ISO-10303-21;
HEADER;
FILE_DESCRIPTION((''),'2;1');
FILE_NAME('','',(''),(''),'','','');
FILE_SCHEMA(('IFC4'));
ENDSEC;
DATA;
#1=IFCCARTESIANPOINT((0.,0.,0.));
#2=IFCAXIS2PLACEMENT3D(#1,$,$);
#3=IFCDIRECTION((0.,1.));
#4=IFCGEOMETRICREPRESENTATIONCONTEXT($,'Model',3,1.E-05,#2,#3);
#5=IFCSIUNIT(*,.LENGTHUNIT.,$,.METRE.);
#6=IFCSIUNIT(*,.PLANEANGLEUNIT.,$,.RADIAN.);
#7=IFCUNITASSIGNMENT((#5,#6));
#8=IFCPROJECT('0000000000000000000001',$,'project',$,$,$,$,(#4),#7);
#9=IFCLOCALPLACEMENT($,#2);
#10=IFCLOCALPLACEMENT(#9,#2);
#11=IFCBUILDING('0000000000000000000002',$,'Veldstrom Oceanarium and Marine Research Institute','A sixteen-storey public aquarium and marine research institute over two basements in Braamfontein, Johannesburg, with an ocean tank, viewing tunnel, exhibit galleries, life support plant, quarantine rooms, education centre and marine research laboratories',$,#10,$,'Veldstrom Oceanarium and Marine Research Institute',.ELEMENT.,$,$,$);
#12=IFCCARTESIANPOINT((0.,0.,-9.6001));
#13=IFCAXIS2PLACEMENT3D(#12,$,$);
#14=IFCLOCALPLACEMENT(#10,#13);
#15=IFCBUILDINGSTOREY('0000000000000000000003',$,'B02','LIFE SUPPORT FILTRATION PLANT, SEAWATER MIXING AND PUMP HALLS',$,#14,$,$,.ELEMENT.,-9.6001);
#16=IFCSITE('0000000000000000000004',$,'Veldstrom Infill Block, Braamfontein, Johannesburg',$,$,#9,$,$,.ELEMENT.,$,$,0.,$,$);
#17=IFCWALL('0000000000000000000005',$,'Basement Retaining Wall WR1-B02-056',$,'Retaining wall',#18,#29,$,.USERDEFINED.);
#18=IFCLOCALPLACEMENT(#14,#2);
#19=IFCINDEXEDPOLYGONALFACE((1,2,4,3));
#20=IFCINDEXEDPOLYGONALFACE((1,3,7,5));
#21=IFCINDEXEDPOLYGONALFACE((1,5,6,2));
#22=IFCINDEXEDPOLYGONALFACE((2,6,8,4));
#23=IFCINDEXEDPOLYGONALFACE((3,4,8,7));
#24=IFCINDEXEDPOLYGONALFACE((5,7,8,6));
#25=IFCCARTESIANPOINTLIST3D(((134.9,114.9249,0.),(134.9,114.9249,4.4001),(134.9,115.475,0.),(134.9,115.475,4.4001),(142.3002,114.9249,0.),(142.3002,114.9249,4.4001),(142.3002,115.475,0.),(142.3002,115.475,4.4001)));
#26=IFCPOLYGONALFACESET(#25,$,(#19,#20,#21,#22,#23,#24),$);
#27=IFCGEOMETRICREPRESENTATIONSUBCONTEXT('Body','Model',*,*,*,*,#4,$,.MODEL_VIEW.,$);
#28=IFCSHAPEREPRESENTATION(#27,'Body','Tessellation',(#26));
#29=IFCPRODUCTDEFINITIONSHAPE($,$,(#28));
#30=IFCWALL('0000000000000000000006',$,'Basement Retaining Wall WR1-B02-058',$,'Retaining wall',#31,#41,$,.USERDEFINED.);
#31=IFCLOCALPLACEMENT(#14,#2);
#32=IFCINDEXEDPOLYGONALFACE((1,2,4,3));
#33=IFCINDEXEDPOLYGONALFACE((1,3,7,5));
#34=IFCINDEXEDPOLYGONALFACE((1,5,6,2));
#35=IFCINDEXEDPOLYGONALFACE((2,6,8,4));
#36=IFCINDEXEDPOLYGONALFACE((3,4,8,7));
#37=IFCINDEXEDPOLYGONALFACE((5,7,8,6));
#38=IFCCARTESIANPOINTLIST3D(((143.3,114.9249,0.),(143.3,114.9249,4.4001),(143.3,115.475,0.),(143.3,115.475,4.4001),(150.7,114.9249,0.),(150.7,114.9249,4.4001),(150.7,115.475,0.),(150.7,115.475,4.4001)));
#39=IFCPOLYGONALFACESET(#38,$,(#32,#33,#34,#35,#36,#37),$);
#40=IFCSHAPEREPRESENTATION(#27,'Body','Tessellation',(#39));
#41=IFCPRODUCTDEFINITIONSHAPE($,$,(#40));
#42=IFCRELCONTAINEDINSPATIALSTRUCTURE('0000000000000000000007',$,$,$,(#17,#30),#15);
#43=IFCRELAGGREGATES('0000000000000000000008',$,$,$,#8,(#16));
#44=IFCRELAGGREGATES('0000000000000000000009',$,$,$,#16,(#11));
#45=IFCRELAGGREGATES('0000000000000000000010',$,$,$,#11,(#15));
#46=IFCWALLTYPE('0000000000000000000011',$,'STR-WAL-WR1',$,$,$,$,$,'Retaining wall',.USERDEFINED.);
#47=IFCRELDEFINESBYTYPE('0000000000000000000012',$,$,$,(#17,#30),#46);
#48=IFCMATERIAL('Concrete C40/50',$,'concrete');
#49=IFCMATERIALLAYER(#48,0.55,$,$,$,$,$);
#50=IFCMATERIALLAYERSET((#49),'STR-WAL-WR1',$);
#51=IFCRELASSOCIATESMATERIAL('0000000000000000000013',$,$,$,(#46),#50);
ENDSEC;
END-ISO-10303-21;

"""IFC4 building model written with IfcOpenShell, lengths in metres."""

from ifc_helpers import new_model, si_unit, direction, frame, frame_2d, origin, place, context, subcontext, project, spatial, rectangle, extrude, material, layer, layer_set, type_object, element, save


model = new_model("IFC4")

# Units and contexts
model_context = context("Model", 3, precision=1e-05, world=origin(), true_north=direction((0.0, 1.0)))
body_context = subcontext(model_context, "Body", "Model", "MODEL_VIEW")
ifc_project = project(units=[si_unit("LENGTHUNIT", "METRE"), si_unit("PLANEANGLEUNIT", "RADIAN")], contexts=[model_context])

# Site, building, storey
site_placement = place(None, origin())
site = spatial("IfcSite", under=ifc_project, at=site_placement, Name="Veldstrom Infill Block, Braamfontein, Johannesburg", CompositionType="ELEMENT", RefElevation=0.0)
building_placement = place(site_placement, origin())
building = spatial("IfcBuilding", under=site, at=building_placement, Name="Veldstrom Oceanarium and Marine Research Institute", Description="A sixteen-storey public aquarium and marine research institute over two basements in Braamfontein, Johannesburg, with an ocean tank, viewing tunnel, exhibit galleries, life support plant, quarantine rooms, education centre and marine research laboratories", LongName="Veldstrom Oceanarium and Marine Research Institute", CompositionType="ELEMENT")
storey_placement = place(building_placement, frame((0.0, 0.0, -9.6001)))
storey = spatial("IfcBuildingStorey", under=building, at=storey_placement, Name="B02", Description="LIFE SUPPORT FILTRATION PLANT, SEAWATER MIXING AND PUMP HALLS", CompositionType="ELEMENT", Elevation=-9.6001)

# Walls
ifc_material_1 = material(Name="Concrete C40/50", Category="concrete")
ifc_layer_1 = layer(ifc_material_1, 0.55)
ifc_layer_set_1 = layer_set([ifc_layer_1], Name="STR-WAL-WR1")
wall_type_1 = type_object("IfcWallType", Name="STR-WAL-WR1", ElementType="Retaining wall", PredefinedType="USERDEFINED", material=ifc_layer_set_1)
wall_1_placement = place(storey_placement, frame((134.8999, 115.2, 0.0), z_axis=(0.0, 0.0, 1.0), x_axis=(1.0, 0.0, 0.0)))
element("IfcWall", 1, at=wall_1_placement, inside=storey, type_object=wall_type_1, Name="Basement Retaining Wall WR1-B02-056", ObjectType="Retaining wall", PredefinedType="USERDEFINED", context=body_context, shape_type="SweptSolid", body=[
    extrude(rectangle(XDim=7.4001, YDim=0.55, at=frame_2d((3.7002, 0.0))), origin(), (0.0, 0.0, 1.0), 4.4001),
])
wall_2_placement = place(storey_placement, frame((143.3, 115.2, 0.0), z_axis=(0.0, 0.0, 1.0), x_axis=(1.0, 0.0, 0.0)))
element("IfcWall", 2, at=wall_2_placement, inside=storey, type_object=wall_type_1, Name="Basement Retaining Wall WR1-B02-058", ObjectType="Retaining wall", PredefinedType="USERDEFINED", context=body_context, shape_type="SweptSolid", body=[
    extrude(rectangle(XDim=7.3999, YDim=0.55, at=frame_2d((3.7, 0.0))), origin(), (0.0, 0.0, 1.0), 4.4001),
])

save(model, "model.ifc")
